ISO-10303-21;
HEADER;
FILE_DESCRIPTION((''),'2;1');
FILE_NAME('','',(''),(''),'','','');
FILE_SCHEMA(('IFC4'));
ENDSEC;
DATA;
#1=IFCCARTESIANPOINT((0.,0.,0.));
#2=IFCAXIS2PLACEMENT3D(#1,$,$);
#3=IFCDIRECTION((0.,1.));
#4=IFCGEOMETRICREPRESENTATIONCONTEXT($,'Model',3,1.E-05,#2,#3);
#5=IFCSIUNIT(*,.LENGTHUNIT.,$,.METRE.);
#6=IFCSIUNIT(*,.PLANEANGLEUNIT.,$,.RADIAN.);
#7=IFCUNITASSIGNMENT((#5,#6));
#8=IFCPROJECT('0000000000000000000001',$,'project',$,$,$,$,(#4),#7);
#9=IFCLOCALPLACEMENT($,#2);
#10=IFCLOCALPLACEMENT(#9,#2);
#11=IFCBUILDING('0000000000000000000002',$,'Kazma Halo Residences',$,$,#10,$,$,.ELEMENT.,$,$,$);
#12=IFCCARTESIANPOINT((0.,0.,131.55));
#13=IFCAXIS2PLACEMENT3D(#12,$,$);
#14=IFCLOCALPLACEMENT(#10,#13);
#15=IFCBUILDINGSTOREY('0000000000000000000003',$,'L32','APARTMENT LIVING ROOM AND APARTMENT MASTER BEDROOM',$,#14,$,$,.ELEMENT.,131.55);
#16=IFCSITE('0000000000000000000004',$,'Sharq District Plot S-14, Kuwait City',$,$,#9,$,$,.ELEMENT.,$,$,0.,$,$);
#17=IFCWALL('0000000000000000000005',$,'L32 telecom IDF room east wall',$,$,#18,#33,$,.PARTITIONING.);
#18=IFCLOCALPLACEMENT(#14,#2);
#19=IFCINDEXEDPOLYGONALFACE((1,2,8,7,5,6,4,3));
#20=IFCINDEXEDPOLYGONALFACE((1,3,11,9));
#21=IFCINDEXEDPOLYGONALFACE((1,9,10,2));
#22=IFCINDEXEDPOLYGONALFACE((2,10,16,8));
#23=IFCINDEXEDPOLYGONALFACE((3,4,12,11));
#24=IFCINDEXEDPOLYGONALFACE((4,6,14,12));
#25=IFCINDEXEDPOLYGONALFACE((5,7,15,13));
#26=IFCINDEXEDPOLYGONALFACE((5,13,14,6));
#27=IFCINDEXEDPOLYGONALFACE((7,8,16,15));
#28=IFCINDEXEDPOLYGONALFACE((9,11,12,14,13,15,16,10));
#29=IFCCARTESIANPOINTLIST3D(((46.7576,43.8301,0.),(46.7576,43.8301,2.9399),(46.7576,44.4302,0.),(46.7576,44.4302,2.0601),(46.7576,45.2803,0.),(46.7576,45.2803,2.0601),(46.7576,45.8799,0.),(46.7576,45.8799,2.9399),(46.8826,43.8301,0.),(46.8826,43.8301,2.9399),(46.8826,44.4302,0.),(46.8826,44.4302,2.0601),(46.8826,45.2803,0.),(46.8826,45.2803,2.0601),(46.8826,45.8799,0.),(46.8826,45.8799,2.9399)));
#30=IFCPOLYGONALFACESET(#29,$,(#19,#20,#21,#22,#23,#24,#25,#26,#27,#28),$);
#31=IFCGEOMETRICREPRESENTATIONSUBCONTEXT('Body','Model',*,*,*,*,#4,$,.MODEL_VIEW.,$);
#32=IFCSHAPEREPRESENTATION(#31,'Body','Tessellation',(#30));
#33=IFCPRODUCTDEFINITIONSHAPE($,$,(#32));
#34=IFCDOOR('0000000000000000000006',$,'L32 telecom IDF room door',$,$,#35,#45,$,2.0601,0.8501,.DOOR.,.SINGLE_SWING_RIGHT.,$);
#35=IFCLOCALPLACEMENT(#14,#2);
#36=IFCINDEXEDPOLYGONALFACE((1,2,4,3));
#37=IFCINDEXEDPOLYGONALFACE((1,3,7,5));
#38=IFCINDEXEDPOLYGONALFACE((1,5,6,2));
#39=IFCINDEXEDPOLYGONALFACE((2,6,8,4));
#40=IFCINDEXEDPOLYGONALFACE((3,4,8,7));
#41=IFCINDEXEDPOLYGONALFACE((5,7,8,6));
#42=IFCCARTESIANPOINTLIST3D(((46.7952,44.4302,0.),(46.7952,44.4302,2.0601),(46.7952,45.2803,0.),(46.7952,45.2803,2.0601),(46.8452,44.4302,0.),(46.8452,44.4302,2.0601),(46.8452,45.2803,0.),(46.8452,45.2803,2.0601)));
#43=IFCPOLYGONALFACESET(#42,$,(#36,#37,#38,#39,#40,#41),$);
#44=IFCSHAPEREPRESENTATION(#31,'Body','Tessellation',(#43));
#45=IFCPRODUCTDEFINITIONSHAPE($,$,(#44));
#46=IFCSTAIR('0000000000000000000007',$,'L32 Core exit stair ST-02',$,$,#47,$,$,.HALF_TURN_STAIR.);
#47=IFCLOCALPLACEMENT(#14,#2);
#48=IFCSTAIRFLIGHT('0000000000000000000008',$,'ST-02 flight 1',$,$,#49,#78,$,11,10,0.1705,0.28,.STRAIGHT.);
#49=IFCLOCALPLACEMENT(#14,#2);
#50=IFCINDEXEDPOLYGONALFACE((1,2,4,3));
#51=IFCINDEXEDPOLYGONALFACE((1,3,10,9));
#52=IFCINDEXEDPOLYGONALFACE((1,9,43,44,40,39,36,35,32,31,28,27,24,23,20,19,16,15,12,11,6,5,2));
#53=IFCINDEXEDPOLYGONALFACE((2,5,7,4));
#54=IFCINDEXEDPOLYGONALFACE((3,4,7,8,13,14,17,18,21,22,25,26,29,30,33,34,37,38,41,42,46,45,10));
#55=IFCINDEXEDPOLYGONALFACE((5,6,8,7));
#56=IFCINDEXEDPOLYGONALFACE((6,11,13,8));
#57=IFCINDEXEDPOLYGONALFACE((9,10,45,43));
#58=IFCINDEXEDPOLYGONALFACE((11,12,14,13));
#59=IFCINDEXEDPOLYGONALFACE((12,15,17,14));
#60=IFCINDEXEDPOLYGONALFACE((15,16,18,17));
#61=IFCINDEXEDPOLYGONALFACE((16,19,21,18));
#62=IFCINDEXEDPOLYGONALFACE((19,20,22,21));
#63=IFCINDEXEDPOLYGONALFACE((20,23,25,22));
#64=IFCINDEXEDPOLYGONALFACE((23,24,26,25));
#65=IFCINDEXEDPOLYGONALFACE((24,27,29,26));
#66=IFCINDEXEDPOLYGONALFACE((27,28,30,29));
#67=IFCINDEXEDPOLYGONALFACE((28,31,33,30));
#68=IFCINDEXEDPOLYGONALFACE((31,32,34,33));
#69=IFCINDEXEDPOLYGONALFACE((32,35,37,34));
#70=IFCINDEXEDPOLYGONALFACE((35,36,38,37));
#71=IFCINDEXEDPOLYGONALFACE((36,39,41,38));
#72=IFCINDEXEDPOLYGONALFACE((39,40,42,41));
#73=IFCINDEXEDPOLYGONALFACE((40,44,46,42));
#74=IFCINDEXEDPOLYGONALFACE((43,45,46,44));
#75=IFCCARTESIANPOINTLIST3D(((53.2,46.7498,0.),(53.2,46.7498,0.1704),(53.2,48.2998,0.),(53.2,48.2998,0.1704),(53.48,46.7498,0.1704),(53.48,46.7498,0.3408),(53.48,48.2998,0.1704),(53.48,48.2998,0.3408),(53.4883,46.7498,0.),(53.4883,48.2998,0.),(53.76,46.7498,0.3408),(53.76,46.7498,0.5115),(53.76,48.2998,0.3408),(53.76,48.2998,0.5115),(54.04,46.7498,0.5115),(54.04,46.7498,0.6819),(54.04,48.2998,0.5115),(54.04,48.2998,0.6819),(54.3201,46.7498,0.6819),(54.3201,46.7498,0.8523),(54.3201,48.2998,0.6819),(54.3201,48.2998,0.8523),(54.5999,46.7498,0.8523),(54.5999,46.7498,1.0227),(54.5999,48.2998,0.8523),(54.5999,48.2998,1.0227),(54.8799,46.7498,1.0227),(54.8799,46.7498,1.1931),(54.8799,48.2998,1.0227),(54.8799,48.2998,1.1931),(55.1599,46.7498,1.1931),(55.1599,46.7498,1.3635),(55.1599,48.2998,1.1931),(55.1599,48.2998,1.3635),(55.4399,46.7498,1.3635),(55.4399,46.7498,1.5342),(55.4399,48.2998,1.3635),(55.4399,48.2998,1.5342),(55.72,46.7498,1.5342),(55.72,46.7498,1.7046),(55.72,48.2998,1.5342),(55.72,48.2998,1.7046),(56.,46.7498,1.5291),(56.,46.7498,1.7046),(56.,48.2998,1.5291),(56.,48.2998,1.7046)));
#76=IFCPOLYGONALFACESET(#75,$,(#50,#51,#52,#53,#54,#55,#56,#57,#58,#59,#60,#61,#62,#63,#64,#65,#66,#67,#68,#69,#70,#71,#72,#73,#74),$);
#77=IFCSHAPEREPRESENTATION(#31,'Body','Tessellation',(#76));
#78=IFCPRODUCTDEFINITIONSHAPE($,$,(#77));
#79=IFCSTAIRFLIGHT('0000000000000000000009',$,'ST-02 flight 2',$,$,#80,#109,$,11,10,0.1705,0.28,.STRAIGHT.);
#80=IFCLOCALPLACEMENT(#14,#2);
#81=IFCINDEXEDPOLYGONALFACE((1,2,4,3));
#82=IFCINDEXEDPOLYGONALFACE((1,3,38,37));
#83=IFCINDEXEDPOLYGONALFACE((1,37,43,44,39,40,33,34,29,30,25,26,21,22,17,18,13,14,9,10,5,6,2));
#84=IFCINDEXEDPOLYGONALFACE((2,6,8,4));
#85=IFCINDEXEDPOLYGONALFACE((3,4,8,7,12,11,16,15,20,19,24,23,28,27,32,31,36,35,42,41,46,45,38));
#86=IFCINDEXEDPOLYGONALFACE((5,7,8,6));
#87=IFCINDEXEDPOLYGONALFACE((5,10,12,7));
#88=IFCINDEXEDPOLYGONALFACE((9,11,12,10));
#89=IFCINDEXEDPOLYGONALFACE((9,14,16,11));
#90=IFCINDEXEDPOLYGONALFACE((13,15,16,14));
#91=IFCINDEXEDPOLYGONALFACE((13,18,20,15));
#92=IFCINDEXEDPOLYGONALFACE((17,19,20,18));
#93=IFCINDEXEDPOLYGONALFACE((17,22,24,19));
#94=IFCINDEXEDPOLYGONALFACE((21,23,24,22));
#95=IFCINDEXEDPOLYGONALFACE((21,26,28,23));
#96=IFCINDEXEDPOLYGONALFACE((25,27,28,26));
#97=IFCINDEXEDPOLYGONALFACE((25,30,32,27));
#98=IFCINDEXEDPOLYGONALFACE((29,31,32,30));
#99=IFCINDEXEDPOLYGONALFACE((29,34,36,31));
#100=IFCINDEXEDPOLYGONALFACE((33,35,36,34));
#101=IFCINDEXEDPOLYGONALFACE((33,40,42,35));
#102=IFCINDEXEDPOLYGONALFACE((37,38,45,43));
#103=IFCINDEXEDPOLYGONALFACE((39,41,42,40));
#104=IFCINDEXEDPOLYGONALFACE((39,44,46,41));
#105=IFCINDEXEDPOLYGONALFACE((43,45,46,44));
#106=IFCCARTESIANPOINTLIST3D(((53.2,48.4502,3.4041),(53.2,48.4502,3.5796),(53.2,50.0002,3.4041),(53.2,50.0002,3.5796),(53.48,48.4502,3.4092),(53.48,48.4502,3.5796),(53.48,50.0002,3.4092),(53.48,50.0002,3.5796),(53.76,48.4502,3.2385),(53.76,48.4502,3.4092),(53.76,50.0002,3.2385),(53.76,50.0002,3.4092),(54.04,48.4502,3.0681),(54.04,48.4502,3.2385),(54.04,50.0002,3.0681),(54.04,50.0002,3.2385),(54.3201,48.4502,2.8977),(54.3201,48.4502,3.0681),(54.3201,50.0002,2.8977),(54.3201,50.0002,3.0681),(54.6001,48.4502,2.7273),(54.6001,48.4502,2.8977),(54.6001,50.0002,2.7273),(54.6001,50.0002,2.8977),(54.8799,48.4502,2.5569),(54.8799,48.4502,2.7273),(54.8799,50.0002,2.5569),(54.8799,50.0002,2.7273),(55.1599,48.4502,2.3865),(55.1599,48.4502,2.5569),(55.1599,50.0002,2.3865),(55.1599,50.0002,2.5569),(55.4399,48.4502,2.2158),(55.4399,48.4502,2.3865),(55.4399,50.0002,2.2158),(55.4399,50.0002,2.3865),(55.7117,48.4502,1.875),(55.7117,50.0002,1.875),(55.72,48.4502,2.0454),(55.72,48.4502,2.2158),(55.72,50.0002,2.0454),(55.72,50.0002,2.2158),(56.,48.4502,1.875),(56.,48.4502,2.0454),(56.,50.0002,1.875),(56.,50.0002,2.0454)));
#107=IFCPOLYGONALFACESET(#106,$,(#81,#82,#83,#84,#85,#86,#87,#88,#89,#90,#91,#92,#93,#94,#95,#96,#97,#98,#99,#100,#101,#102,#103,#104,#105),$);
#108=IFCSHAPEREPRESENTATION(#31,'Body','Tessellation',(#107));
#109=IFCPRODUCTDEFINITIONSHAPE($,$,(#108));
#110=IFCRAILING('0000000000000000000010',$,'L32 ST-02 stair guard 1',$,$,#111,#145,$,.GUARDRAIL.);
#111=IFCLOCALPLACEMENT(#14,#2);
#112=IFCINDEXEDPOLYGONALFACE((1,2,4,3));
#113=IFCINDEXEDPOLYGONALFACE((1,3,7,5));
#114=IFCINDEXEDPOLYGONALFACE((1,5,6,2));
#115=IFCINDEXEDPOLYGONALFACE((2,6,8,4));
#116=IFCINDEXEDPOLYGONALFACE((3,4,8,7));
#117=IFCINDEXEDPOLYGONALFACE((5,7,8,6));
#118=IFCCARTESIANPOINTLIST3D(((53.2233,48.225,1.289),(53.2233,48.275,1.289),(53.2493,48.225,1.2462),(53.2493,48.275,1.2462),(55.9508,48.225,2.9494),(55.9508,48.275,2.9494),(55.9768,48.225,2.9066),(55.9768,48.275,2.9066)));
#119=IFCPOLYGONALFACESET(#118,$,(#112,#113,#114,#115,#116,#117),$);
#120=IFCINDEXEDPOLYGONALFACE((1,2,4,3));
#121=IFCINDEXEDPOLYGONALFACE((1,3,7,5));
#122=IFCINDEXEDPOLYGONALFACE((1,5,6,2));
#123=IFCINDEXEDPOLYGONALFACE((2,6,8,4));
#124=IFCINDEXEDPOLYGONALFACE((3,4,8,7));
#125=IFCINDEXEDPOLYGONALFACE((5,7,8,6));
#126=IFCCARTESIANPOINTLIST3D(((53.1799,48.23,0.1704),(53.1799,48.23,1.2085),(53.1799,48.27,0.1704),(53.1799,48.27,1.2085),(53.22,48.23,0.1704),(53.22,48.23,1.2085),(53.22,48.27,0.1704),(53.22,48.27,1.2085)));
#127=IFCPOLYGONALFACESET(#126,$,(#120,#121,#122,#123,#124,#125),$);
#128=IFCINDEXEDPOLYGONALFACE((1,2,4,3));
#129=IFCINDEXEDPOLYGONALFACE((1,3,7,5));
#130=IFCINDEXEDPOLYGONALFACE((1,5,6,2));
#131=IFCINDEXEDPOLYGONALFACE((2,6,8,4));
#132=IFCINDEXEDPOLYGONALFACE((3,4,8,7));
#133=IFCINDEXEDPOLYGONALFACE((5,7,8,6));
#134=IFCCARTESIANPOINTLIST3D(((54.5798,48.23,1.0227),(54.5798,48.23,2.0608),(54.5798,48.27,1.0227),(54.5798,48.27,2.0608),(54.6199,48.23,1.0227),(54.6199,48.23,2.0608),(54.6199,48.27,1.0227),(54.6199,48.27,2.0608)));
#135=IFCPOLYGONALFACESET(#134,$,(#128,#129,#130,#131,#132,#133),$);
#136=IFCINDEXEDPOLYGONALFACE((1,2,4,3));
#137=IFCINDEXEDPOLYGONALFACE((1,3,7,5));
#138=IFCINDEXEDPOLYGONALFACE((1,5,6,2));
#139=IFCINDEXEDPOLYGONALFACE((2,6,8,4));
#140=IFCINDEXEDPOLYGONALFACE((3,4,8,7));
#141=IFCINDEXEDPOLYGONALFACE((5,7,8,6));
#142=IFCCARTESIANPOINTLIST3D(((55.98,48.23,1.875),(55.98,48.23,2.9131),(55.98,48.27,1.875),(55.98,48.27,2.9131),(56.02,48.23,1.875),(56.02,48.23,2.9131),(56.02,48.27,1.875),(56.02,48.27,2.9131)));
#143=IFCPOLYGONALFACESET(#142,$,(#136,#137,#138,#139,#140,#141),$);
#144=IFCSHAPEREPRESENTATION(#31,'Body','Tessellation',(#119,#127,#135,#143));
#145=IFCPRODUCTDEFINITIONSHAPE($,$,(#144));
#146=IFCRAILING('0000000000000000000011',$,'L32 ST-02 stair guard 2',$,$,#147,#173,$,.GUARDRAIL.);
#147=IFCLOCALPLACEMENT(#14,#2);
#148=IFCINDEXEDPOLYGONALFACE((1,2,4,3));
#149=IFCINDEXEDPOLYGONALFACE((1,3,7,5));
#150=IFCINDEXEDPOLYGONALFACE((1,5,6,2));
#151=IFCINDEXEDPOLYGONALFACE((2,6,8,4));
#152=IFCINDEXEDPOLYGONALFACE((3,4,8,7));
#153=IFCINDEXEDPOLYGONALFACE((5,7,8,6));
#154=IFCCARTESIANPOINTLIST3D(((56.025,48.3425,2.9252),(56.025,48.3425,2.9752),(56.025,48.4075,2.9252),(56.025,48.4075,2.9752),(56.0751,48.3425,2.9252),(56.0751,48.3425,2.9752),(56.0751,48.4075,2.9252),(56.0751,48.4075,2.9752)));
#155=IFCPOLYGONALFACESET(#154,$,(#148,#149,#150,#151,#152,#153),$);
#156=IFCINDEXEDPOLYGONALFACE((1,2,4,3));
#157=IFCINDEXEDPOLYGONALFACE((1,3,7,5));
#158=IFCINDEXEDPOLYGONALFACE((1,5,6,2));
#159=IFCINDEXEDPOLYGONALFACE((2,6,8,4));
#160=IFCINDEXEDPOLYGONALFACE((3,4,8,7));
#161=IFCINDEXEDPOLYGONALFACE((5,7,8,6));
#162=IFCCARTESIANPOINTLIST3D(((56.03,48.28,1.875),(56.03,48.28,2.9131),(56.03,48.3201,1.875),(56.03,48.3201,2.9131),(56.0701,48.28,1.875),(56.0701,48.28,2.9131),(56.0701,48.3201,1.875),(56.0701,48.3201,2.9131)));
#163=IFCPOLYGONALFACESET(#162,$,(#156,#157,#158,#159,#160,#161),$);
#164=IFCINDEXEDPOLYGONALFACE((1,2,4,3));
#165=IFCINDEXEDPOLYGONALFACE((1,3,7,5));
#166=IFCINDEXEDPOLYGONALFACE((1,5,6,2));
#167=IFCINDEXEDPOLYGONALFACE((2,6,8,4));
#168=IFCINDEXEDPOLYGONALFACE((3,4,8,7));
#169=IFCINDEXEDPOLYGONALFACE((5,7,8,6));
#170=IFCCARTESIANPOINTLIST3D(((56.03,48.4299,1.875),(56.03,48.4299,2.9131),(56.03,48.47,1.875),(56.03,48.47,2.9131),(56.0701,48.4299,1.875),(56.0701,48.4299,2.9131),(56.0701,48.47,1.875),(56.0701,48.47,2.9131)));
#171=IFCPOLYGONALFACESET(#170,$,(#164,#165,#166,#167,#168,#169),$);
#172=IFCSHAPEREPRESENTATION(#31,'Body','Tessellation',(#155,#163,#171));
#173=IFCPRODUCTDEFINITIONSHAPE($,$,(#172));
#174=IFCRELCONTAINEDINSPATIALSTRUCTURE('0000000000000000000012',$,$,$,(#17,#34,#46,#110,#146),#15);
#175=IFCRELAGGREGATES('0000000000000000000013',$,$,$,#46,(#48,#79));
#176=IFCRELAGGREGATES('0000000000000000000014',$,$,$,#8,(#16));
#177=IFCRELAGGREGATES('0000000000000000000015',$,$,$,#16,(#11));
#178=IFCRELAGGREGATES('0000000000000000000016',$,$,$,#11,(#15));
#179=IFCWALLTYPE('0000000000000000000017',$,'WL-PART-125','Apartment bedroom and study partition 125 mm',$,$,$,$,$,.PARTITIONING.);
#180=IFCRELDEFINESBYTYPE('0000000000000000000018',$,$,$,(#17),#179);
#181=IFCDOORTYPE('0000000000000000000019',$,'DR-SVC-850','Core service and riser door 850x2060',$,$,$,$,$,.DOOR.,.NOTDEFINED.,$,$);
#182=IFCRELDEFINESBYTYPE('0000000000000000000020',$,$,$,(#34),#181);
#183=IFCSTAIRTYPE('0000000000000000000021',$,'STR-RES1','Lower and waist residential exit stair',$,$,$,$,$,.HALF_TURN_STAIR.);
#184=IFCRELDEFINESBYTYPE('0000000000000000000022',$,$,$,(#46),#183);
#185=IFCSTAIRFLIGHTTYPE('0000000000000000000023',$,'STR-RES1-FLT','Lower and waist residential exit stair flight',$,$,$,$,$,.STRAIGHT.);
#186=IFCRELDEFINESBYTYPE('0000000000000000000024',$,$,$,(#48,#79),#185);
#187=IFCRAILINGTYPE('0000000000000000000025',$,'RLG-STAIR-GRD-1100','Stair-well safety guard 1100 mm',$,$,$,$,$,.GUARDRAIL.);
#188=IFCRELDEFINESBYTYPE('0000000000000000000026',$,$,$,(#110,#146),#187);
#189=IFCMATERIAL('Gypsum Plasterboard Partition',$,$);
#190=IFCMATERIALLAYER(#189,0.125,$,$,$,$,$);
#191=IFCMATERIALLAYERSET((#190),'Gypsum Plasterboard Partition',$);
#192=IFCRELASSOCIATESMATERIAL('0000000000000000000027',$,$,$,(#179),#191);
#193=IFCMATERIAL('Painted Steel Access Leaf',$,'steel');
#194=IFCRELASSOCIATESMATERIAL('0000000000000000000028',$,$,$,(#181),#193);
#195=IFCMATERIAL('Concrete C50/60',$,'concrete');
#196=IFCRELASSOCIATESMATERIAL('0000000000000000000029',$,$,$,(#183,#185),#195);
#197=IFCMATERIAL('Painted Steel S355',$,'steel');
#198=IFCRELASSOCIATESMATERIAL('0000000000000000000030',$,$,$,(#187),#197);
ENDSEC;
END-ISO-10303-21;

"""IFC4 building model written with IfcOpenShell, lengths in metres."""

from ifc_helpers import new_model, si_unit, direction, frame, frame_2d, origin, origin_2d, place, context, subcontext, project, spatial, polyline, rectangle, outline, extrude, material, layer, layer_set, type_object, element, fill, aggregate, save


model = new_model("IFC4")

# Units and contexts
model_context = context("Model", 3, precision=1e-05, world=origin(), true_north=direction((0.0, 1.0)))
body_context = subcontext(model_context, "Body", "Model", "MODEL_VIEW")
ifc_project = project(units=[si_unit("LENGTHUNIT", "METRE"), si_unit("PLANEANGLEUNIT", "RADIAN")], contexts=[model_context])

# Site, building, storey
site_placement = place(None, origin())
site = spatial("IfcSite", under=ifc_project, at=site_placement, Name="Sharq District Plot S-14, Kuwait City", CompositionType="ELEMENT", RefElevation=0.0)
building_placement = place(site_placement, origin())
building = spatial("IfcBuilding", under=site, at=building_placement, Name="Kazma Halo Residences", CompositionType="ELEMENT")
storey_placement = place(building_placement, frame((0.0, 0.0, 131.55)))
storey = spatial("IfcBuildingStorey", under=building, at=storey_placement, Name="L32", Description="APARTMENT LIVING ROOM AND APARTMENT MASTER BEDROOM", CompositionType="ELEMENT", Elevation=131.55)

# Wall, opening, door
ifc_material_1 = material(Name="Gypsum Plasterboard Partition")
ifc_layer_1 = layer(ifc_material_1, 0.125)
ifc_layer_set_1 = layer_set([ifc_layer_1], Name="Gypsum Plasterboard Partition")
wall_type_1 = type_object("IfcWallType", Name="WL-PART-125", Description="Apartment bedroom and study partition 125 mm", PredefinedType="PARTITIONING", material=ifc_layer_set_1)
wall_1_placement = place(storey_placement, frame((46.8201, 43.8301, 0.0), z_axis=(0.0, 0.0, 1.0), x_axis=(0.0, 1.0, 0.0)))
wall_1 = element("IfcWall", 1, at=wall_1_placement, inside=storey, type_object=wall_type_1, Name="L32 telecom IDF room east wall", PredefinedType="PARTITIONING", context=body_context, shape_type="SweptSolid", body=[
    extrude(rectangle(XDim=2.0498, YDim=0.125, at=frame_2d((1.0249, 0.0))), origin(), (0.0, 0.0, 1.0), 2.9399),
])
opening_1_placement = place(wall_1_placement, frame((0.6001, 0.0, 0.0)))
opening_1 = element("IfcOpeningElement", 2, at=opening_1_placement, cuts=wall_1, PredefinedType="OPENING", context=body_context, shape_type="SweptSolid", body=[
    extrude(rectangle(XDim=0.8501, YDim=2.0601, at=frame_2d((0.425, 1.03))), frame((0.0, 0.0725, 0.0), z_axis=(0.0, -1.0, 0.0), x_axis=(1.0, 0.0, 0.0)), (0.0, 0.0, 1.0), 0.145),
])
ifc_material_2 = material(Name="Painted Steel Access Leaf", Category="steel")
door_type_1 = type_object("IfcDoorType", Name="DR-SVC-850", Description="Core service and riser door 850x2060", OperationType="NOTDEFINED", PredefinedType="DOOR", material=ifc_material_2)
door_1_placement = place(opening_1_placement, origin())
door_1 = element("IfcDoor", 3, at=door_1_placement, inside=storey, type_object=door_type_1, Name="L32 telecom IDF room door", OperationType="SINGLE_SWING_RIGHT", OverallHeight=2.0601, OverallWidth=0.8501, PredefinedType="DOOR", context=body_context, shape_type="SweptSolid", body=[
    extrude(rectangle(XDim=0.8501, YDim=2.0601, at=frame_2d((0.425, 1.03))), frame((0.0, 0.0249, 0.0), z_axis=(0.0, -1.0, 0.0), x_axis=(1.0, 0.0, 0.0)), (0.0, 0.0, 1.0), 0.05),
])
fill(opening_1, door_1)
ifc_material_3 = material(Name="Concrete C50/60", Category="concrete")

# Stair, stair flights
stair_type = type_object("IfcStairType", Name="STR-RES1", Description="Lower and waist residential exit stair", PredefinedType="HALF_TURN_STAIR", material=ifc_material_3)
stair_placement = place(storey_placement, origin())
stair = element("IfcStair", 4, at=stair_placement, inside=storey, type_object=stair_type, Name="L32 Core exit stair ST-02", PredefinedType="HALF_TURN_STAIR")
stair_flight_type = type_object("IfcStairFlightType", Name="STR-RES1-FLT", Description="Lower and waist residential exit stair flight", PredefinedType="STRAIGHT", material=ifc_material_3)
stair_flight_1_placement = place(storey_placement, frame((53.2, 47.5249, 0.0), z_axis=(0.0, 0.0, 1.0), x_axis=(1.0, 0.0, 0.0)))
stair_flight_1 = element("IfcStairFlight", 5, at=stair_flight_1_placement, type_object=stair_flight_type, Name="ST-02 flight 1", NumberOfRisers=11, NumberOfTreads=10, PredefinedType="STRAIGHT", RiserHeight=0.1705, TreadLength=0.28, context=body_context, shape_type="SweptSolid", body=[
    extrude(outline(polyline([(0.0, 0.0), (0.0, 0.1704), (0.28, 0.1704), (0.28, 0.3408), (0.5601, 0.3408), (0.5601, 0.5115), (0.8401, 0.5115), (0.8401, 0.6819), (1.1201, 0.6819), (1.1201, 0.8523), (1.3999, 0.8523), (1.3999, 1.0227), (1.6799, 1.0227), (1.6799, 1.1931), (1.96, 1.1931), (1.96, 1.3635), (2.24, 1.3635), (2.24, 1.5342), (2.52, 1.5342), (2.52, 1.7046), (2.8, 1.7046), (2.8, 1.875), (2.8, 1.5291), (0.2883, 0.0), (0.0, 0.0)])), frame((0.0, 0.7749, 0.0), z_axis=(0.0, -1.0, 0.0), x_axis=(1.0, 0.0, 0.0)), (0.0, 0.0, 1.0), 1.55),
])
stair_flight_2_placement = place(storey_placement, frame((56.0, 49.2251, 1.875), z_axis=(0.0, 0.0, 1.0), x_axis=(-1.0, 0.0, 0.0)))
stair_flight_2 = element("IfcStairFlight", 6, at=stair_flight_2_placement, type_object=stair_flight_type, Name="ST-02 flight 2", NumberOfRisers=11, NumberOfTreads=10, PredefinedType="STRAIGHT", RiserHeight=0.1705, TreadLength=0.28, context=body_context, shape_type="SweptSolid", body=[
    extrude(outline(polyline([(0.0, 0.0), (0.0, 0.1704), (0.28, 0.1704), (0.28, 0.3408), (0.5601, 0.3408), (0.5601, 0.5115), (0.8401, 0.5115), (0.8401, 0.6819), (1.1201, 0.6819), (1.1201, 0.8523), (1.3999, 0.8523), (1.3999, 1.0227), (1.6799, 1.0227), (1.6799, 1.1931), (1.96, 1.1931), (1.96, 1.3635), (2.24, 1.3635), (2.24, 1.5342), (2.52, 1.5342), (2.52, 1.7046), (2.8, 1.7046), (2.8, 1.875), (2.8, 1.5291), (0.2883, 0.0), (0.0, 0.0)])), frame((0.0, 0.7749, 0.0), z_axis=(0.0, -1.0, 0.0), x_axis=(1.0, 0.0, 0.0)), (0.0, 0.0, 1.0), 1.55),
])
aggregate(stair, [stair_flight_1, stair_flight_2])

# Railings
ifc_material_4 = material(Name="Painted Steel S355", Category="steel")
railing_type_1 = type_object("IfcRailingType", Name="RLG-STAIR-GRD-1100", Description="Stair-well safety guard 1100 mm", PredefinedType="GUARDRAIL", material=ifc_material_4)
railing_1_placement = place(storey_placement, frame((53.2, 48.25, 0.1704)))
element("IfcRailing", 7, at=railing_1_placement, inside=storey, type_object=railing_type_1, Name="L32 ST-02 stair guard 1", PredefinedType="GUARDRAIL", context=body_context, shape_type="SweptSolid", body=[
    extrude(rectangle(XDim=0.05, YDim=0.05, at=origin_2d()), frame((0.0364, 0.0, 1.0972), z_axis=(0.85417, 0.0, 0.519994), x_axis=(0.0, 1.0, 0.0)), (0.0, 0.0, 1.0), 3.1931),
    extrude(rectangle(XDim=0.04, YDim=0.04, at=origin_2d()), origin(), (0.0, 0.0, 1.0), 1.0381),
    extrude(rectangle(XDim=0.04, YDim=0.04, at=origin_2d()), frame((1.3999, 0.0, 0.8523)), (0.0, 0.0, 1.0), 1.0381),
    extrude(rectangle(XDim=0.04, YDim=0.04, at=origin_2d()), frame((2.8, 0.0, 1.7046)), (0.0, 0.0, 1.0), 1.0381),
])
railing_2_placement = place(storey_placement, frame((56.05, 48.3, 1.875)))
element("IfcRailing", 8, at=railing_2_placement, inside=storey, type_object=railing_type_1, Name="L32 ST-02 stair guard 2", PredefinedType="GUARDRAIL", context=body_context, shape_type="SweptSolid", body=[
    extrude(rectangle(XDim=0.05, YDim=0.05, at=origin_2d()), frame((0.0, 0.0425, 1.0752), z_axis=(0.0, 1.0, 0.0), x_axis=(-1.0, 0.0, 0.0)), (0.0, 0.0, 1.0), 0.0649),
    extrude(rectangle(XDim=0.04, YDim=0.04, at=origin_2d()), origin(), (0.0, 0.0, 1.0), 1.0381),
    extrude(rectangle(XDim=0.04, YDim=0.04, at=origin_2d()), frame((0.0, 0.1499, 0.0)), (0.0, 0.0, 1.0), 1.0381),
])

save(model, "model.ifc")
